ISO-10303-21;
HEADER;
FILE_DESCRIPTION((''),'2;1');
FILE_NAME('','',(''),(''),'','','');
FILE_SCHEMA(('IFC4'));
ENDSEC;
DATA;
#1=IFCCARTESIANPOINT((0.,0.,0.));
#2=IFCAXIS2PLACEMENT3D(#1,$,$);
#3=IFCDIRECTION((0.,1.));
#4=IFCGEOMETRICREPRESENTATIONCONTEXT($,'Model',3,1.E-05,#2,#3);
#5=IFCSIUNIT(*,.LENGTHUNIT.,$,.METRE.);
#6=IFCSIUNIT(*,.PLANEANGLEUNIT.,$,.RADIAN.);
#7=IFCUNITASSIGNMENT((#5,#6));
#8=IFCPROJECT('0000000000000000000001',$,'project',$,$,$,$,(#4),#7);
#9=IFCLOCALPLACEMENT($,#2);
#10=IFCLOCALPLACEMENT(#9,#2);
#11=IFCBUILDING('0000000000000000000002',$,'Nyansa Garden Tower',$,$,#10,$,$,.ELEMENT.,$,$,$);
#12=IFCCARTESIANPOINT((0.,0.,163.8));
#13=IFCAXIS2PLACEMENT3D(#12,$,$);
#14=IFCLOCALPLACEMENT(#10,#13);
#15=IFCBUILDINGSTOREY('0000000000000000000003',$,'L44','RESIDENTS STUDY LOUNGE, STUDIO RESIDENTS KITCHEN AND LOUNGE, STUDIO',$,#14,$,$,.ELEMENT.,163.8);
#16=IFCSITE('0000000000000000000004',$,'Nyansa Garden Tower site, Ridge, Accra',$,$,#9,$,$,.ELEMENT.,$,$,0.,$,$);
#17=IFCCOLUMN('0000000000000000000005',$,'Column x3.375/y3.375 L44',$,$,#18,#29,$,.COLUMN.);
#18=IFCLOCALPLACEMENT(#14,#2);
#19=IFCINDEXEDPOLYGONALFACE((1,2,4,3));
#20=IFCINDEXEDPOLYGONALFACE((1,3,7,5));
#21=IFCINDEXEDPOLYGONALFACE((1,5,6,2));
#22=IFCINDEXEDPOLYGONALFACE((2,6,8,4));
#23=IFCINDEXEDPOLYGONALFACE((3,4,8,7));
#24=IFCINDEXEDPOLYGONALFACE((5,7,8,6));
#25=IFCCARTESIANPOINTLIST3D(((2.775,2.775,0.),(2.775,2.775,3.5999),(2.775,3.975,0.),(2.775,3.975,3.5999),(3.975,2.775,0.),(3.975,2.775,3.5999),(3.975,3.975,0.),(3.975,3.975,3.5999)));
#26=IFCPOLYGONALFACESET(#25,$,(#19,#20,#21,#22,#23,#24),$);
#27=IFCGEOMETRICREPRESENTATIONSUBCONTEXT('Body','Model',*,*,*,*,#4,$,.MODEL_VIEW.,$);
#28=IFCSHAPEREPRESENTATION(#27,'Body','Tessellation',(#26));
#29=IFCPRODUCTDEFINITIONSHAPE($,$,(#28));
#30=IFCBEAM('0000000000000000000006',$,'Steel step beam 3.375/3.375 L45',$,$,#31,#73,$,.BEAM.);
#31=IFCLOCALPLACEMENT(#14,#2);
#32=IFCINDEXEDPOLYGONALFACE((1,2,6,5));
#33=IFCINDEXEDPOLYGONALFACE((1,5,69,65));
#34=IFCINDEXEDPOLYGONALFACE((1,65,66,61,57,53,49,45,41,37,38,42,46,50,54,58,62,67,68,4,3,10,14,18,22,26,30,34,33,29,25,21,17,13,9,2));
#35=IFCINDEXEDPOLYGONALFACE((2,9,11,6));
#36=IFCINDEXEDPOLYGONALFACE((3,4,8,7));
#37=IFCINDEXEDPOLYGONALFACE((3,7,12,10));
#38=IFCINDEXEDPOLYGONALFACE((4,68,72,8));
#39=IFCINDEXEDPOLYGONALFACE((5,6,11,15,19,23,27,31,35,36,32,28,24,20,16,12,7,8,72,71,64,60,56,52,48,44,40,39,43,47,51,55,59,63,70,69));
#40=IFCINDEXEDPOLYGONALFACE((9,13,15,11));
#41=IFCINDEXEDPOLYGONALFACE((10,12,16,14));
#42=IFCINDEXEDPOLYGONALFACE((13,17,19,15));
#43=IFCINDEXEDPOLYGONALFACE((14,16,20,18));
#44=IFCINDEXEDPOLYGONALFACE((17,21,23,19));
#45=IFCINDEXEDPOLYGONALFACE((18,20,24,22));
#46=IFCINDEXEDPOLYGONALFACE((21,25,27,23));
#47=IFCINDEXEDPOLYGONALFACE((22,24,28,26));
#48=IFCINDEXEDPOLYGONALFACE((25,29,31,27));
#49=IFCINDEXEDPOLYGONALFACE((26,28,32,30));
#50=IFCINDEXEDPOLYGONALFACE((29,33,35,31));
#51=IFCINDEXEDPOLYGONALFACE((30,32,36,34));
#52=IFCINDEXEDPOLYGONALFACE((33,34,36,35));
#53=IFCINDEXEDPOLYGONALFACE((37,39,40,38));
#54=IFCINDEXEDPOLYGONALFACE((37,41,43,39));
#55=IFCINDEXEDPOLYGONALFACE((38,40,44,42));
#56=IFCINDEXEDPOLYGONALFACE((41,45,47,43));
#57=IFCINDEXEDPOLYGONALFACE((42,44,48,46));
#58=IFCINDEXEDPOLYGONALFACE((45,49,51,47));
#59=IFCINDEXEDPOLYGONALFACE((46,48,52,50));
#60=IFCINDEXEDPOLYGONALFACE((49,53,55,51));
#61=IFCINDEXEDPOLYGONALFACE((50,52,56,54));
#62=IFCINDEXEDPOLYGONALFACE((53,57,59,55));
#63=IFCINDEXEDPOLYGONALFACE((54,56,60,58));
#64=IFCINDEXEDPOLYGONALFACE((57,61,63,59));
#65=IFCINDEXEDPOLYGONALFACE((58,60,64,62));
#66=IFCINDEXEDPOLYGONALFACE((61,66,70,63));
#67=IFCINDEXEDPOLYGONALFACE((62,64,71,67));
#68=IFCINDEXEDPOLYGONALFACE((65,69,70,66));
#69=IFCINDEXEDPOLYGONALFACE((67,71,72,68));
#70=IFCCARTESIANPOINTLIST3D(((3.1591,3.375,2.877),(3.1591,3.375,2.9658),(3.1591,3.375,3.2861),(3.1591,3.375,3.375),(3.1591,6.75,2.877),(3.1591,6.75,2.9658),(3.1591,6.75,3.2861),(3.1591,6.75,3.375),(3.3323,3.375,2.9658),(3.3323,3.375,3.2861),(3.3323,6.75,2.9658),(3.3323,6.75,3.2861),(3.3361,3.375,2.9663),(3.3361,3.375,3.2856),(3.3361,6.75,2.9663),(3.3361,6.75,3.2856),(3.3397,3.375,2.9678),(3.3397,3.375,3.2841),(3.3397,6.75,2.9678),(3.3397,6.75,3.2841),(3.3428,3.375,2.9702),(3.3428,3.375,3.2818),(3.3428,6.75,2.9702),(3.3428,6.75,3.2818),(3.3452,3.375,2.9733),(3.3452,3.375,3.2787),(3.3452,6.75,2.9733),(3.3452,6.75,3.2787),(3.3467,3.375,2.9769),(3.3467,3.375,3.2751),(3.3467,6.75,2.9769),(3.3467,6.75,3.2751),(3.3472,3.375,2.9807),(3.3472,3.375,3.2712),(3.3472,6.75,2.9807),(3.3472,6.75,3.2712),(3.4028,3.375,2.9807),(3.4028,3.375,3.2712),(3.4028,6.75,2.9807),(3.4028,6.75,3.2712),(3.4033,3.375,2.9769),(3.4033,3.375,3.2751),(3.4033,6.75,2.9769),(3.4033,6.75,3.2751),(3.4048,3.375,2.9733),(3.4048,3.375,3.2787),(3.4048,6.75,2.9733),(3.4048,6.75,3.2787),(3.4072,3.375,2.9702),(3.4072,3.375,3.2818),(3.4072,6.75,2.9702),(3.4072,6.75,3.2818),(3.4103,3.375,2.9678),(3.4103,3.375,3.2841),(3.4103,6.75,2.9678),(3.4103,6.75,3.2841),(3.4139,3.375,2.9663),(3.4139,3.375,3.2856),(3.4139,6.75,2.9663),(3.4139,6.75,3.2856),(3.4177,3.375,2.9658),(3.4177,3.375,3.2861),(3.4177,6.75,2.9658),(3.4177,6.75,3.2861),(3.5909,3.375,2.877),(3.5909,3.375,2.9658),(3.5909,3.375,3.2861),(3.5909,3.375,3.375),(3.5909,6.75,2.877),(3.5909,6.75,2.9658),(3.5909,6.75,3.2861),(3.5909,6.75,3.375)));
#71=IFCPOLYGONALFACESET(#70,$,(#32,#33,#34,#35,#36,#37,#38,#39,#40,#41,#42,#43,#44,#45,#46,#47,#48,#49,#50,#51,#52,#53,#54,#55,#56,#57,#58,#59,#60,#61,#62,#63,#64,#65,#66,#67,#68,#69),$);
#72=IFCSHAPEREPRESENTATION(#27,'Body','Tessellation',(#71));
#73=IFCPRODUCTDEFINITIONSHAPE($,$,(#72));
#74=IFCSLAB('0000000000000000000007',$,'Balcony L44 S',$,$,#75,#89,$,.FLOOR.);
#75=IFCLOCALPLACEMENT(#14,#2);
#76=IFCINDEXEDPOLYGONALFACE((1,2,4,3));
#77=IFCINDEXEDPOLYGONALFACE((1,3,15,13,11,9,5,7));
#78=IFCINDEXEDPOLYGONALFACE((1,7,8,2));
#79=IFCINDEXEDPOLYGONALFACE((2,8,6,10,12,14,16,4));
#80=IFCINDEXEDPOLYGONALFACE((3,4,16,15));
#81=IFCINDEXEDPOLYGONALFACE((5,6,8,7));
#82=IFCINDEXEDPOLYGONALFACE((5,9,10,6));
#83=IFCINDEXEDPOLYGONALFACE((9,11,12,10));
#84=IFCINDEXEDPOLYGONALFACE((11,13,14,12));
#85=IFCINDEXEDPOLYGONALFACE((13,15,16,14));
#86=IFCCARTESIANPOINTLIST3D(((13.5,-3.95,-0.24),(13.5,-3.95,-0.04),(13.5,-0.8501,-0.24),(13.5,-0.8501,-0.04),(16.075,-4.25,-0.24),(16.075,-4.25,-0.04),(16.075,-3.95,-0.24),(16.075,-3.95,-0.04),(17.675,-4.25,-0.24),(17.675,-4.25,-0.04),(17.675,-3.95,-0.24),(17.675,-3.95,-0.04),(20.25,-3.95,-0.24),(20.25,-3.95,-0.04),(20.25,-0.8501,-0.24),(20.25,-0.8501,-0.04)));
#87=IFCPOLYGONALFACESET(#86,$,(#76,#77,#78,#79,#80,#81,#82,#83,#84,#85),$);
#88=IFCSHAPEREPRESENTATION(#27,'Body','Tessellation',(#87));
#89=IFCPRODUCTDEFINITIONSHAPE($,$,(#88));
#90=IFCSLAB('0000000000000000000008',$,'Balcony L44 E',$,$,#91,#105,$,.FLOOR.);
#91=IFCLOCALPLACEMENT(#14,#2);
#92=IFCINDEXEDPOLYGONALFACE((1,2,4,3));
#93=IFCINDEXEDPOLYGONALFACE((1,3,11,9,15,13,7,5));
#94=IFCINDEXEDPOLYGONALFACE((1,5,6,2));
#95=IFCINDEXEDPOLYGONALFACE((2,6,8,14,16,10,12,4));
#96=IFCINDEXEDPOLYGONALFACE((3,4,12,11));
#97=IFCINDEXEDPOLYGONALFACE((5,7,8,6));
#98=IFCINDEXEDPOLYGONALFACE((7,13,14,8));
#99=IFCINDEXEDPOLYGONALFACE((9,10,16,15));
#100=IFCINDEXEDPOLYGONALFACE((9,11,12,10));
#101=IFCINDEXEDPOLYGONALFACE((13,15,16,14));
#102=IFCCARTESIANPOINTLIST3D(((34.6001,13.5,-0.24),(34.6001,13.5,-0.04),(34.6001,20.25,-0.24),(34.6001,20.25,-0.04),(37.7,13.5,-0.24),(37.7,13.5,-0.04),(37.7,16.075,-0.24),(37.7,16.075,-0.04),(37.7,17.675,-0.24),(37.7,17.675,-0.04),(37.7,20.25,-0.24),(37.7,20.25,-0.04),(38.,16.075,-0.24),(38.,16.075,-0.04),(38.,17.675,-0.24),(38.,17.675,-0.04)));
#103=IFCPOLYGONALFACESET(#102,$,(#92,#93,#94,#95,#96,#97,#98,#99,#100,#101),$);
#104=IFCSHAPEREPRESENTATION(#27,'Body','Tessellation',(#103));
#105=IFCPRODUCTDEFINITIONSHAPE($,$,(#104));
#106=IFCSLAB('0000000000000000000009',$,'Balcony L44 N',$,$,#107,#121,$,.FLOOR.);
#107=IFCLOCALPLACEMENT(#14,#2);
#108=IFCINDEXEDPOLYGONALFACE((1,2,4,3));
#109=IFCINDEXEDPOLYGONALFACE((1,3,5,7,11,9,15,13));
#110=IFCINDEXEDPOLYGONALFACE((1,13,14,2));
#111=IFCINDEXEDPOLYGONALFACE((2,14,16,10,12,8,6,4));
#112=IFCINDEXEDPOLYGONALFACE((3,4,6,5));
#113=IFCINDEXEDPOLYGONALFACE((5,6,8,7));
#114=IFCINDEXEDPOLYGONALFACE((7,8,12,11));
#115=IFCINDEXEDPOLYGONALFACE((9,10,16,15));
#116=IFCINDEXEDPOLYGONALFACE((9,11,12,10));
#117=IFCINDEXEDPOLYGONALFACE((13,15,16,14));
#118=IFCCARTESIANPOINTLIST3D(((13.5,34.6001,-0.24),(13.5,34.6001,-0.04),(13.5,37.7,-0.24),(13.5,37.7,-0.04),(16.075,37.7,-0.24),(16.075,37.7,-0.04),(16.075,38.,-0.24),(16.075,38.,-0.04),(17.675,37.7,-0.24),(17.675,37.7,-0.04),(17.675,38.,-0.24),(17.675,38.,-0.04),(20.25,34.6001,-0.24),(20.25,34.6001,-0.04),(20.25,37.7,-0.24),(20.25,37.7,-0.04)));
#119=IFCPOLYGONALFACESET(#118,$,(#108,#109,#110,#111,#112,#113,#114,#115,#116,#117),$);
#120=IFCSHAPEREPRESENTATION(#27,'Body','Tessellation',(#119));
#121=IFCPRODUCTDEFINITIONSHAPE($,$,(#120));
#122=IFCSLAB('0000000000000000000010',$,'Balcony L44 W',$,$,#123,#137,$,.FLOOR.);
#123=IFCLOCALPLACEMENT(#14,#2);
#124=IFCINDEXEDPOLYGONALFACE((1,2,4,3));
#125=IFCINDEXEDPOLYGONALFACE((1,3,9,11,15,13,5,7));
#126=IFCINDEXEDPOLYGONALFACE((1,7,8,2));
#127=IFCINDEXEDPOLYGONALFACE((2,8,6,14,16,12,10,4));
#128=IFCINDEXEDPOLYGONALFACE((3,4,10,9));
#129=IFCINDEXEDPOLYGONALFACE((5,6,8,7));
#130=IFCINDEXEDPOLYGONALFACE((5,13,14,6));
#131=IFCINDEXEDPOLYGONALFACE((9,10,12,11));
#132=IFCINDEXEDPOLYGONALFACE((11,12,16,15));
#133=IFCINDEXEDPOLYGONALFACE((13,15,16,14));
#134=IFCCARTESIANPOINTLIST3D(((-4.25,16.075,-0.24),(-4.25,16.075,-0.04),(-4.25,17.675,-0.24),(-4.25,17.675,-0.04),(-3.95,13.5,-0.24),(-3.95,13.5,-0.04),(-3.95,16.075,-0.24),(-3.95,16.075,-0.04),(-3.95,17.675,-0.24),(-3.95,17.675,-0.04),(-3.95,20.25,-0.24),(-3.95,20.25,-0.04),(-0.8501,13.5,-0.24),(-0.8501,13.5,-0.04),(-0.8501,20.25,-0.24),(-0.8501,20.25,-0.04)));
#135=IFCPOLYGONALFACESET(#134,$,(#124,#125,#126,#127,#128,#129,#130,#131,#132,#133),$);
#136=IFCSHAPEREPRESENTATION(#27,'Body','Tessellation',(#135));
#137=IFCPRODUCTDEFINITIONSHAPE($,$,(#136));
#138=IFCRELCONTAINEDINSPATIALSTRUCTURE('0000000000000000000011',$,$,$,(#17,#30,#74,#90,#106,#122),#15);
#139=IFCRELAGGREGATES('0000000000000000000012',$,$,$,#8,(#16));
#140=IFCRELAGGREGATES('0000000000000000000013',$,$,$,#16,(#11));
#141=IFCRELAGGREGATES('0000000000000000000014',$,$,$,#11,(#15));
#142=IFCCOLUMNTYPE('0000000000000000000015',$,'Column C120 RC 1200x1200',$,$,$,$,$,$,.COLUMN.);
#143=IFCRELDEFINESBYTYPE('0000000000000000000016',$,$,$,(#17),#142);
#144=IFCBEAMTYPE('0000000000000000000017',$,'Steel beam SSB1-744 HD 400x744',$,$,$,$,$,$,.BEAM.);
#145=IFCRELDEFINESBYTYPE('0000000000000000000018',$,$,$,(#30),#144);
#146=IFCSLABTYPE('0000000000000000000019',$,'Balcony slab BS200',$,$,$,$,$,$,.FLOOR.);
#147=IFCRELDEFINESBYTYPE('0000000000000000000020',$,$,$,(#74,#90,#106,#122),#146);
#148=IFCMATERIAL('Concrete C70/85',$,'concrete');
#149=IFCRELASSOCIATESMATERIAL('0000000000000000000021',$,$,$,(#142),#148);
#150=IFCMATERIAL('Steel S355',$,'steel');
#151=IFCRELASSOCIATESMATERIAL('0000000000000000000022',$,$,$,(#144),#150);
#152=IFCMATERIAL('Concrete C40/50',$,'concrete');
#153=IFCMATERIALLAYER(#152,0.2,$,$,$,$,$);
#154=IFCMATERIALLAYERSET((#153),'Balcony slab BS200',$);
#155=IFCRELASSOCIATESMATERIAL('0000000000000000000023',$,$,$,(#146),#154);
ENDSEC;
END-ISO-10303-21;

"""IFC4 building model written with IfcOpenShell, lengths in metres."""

from ifc_helpers import new_model, si_unit, direction, frame, origin, origin_2d, place, context, subcontext, project, spatial, polyline, rectangle, i_section, outline, extrude, material, layer, layer_set, material_profile, profile_set, type_object, element, save


model = new_model("IFC4")

# Units and contexts
model_context = context("Model", 3, precision=1e-05, world=origin(), true_north=direction((0.0, 1.0)))
body_context = subcontext(model_context, "Body", "Model", "MODEL_VIEW")
ifc_project = project(units=[si_unit("LENGTHUNIT", "METRE"), si_unit("PLANEANGLEUNIT", "RADIAN")], contexts=[model_context])

# Site, building, storey
site_placement = place(None, origin())
site = spatial("IfcSite", under=ifc_project, at=site_placement, Name="Nyansa Garden Tower site, Ridge, Accra", CompositionType="ELEMENT", RefElevation=0.0)
building_placement = place(site_placement, origin())
building = spatial("IfcBuilding", under=site, at=building_placement, Name="Nyansa Garden Tower", CompositionType="ELEMENT")
storey_placement = place(building_placement, frame((0.0, 0.0, 163.8)))
storey = spatial("IfcBuildingStorey", under=building, at=storey_placement, Name="L44", Description="RESIDENTS STUDY LOUNGE, STUDIO RESIDENTS KITCHEN AND LOUNGE, STUDIO", CompositionType="ELEMENT", Elevation=163.8)

# Column
ifc_material_1 = material(Name="Concrete C70/85", Category="concrete")
ifc_material_profile_1 = material_profile(ifc_material_1, rectangle(XDim=1.2, YDim=1.2, at=origin_2d()), Name="RC 1200x1200")
ifc_profile_set_1 = profile_set([ifc_material_profile_1], Name="Concrete C70/85")
column_type = type_object("IfcColumnType", Name="Column C120 RC 1200x1200", PredefinedType="COLUMN", material=ifc_profile_set_1)
column_placement = place(storey_placement, frame((3.375, 3.375, 0.0), z_axis=(0.0, 0.0, 1.0), x_axis=(1.0, 0.0, 0.0)))
element("IfcColumn", 1, at=column_placement, inside=storey, type_object=column_type, Name="Column x3.375/y3.375 L44", PredefinedType="COLUMN", context=body_context, shape_type="SweptSolid", body=[
    extrude(rectangle(XDim=1.2, YDim=1.2, at=origin_2d()), origin(), (0.0, 0.0, 1.0), 3.5999),
])

# Beam
ifc_material_2 = material(Name="Steel S355", Category="steel")
ifc_material_profile_2 = material_profile(ifc_material_2, i_section(OverallWidth=0.4319, OverallDepth=0.498, WebThickness=0.0557, FlangeThickness=0.0889, FilletRadius=0.0149, at=origin_2d()), Name="HD 400x744")
ifc_profile_set_2 = profile_set([ifc_material_profile_2], Name="Steel S355")
beam_type = type_object("IfcBeamType", Name="Steel beam SSB1-744 HD 400x744", PredefinedType="BEAM", material=ifc_profile_set_2)
beam_placement = place(storey_placement, frame((3.375, 3.375, 3.126), z_axis=(0.0, 1.0, 0.0), x_axis=(-1.0, 0.0, 0.0)))
element("IfcBeam", 2, at=beam_placement, inside=storey, type_object=beam_type, Name="Steel step beam 3.375/3.375 L45", PredefinedType="BEAM", context=body_context, shape_type="SweptSolid", body=[
    extrude(i_section(OverallWidth=0.4319, OverallDepth=0.498, WebThickness=0.0557, FlangeThickness=0.0889, FilletRadius=0.0149, at=origin_2d()), origin(), (0.0, 0.0, 1.0), 3.375),
])

# Slabs
ifc_material_3 = material(Name="Concrete C40/50", Category="concrete")
ifc_layer_1 = layer(ifc_material_3, 0.2)
ifc_layer_set_1 = layer_set([ifc_layer_1], Name="Balcony slab BS200")
slab_type_1 = type_object("IfcSlabType", Name="Balcony slab BS200", PredefinedType="FLOOR", material=ifc_layer_set_1)
slab_1_placement = place(storey_placement, frame((0.0, 0.0, -0.24)))
element("IfcSlab", 3, at=slab_1_placement, inside=storey, type_object=slab_type_1, Name="Balcony L44 S", PredefinedType="FLOOR", context=body_context, shape_type="SweptSolid", body=[
    extrude(outline(polyline([(13.5, -0.8501), (20.25, -0.8501), (20.25, -3.95), (17.675, -3.95), (17.675, -4.25), (16.075, -4.25), (16.075, -3.95), (13.5, -3.95), (13.5, -0.8501)])), origin(), (0.0, 0.0, 1.0), 0.2),
])
slab_2_placement = place(storey_placement, frame((0.0, 0.0, -0.24)))
element("IfcSlab", 4, at=slab_2_placement, inside=storey, type_object=slab_type_1, Name="Balcony L44 E", PredefinedType="FLOOR", context=body_context, shape_type="SweptSolid", body=[
    extrude(outline(polyline([(34.6001, 13.5), (34.6001, 20.25), (37.7, 20.25), (37.7, 17.675), (38.0, 17.675), (38.0, 16.075), (37.7, 16.075), (37.7, 13.5), (34.6001, 13.5)])), origin(), (0.0, 0.0, 1.0), 0.2),
])
slab_3_placement = place(storey_placement, frame((0.0, 0.0, -0.24)))
element("IfcSlab", 5, at=slab_3_placement, inside=storey, type_object=slab_type_1, Name="Balcony L44 N", PredefinedType="FLOOR", context=body_context, shape_type="SweptSolid", body=[
    extrude(outline(polyline([(13.5, 34.6001), (20.25, 34.6001), (20.25, 37.7), (17.675, 37.7), (17.675, 38.0), (16.075, 38.0), (16.075, 37.7), (13.5, 37.7), (13.5, 34.6001)])), origin(), (0.0, 0.0, 1.0), 0.2),
])
slab_4_placement = place(storey_placement, frame((0.0, 0.0, -0.24)))
element("IfcSlab", 6, at=slab_4_placement, inside=storey, type_object=slab_type_1, Name="Balcony L44 W", PredefinedType="FLOOR", context=body_context, shape_type="SweptSolid", body=[
    extrude(outline(polyline([(-0.8501, 13.5), (-0.8501, 20.25), (-3.95, 20.25), (-3.95, 17.675), (-4.25, 17.675), (-4.25, 16.075), (-3.95, 16.075), (-3.95, 13.5), (-0.8501, 13.5)])), origin(), (0.0, 0.0, 1.0), 0.2),
])

save(model, "model.ifc")
